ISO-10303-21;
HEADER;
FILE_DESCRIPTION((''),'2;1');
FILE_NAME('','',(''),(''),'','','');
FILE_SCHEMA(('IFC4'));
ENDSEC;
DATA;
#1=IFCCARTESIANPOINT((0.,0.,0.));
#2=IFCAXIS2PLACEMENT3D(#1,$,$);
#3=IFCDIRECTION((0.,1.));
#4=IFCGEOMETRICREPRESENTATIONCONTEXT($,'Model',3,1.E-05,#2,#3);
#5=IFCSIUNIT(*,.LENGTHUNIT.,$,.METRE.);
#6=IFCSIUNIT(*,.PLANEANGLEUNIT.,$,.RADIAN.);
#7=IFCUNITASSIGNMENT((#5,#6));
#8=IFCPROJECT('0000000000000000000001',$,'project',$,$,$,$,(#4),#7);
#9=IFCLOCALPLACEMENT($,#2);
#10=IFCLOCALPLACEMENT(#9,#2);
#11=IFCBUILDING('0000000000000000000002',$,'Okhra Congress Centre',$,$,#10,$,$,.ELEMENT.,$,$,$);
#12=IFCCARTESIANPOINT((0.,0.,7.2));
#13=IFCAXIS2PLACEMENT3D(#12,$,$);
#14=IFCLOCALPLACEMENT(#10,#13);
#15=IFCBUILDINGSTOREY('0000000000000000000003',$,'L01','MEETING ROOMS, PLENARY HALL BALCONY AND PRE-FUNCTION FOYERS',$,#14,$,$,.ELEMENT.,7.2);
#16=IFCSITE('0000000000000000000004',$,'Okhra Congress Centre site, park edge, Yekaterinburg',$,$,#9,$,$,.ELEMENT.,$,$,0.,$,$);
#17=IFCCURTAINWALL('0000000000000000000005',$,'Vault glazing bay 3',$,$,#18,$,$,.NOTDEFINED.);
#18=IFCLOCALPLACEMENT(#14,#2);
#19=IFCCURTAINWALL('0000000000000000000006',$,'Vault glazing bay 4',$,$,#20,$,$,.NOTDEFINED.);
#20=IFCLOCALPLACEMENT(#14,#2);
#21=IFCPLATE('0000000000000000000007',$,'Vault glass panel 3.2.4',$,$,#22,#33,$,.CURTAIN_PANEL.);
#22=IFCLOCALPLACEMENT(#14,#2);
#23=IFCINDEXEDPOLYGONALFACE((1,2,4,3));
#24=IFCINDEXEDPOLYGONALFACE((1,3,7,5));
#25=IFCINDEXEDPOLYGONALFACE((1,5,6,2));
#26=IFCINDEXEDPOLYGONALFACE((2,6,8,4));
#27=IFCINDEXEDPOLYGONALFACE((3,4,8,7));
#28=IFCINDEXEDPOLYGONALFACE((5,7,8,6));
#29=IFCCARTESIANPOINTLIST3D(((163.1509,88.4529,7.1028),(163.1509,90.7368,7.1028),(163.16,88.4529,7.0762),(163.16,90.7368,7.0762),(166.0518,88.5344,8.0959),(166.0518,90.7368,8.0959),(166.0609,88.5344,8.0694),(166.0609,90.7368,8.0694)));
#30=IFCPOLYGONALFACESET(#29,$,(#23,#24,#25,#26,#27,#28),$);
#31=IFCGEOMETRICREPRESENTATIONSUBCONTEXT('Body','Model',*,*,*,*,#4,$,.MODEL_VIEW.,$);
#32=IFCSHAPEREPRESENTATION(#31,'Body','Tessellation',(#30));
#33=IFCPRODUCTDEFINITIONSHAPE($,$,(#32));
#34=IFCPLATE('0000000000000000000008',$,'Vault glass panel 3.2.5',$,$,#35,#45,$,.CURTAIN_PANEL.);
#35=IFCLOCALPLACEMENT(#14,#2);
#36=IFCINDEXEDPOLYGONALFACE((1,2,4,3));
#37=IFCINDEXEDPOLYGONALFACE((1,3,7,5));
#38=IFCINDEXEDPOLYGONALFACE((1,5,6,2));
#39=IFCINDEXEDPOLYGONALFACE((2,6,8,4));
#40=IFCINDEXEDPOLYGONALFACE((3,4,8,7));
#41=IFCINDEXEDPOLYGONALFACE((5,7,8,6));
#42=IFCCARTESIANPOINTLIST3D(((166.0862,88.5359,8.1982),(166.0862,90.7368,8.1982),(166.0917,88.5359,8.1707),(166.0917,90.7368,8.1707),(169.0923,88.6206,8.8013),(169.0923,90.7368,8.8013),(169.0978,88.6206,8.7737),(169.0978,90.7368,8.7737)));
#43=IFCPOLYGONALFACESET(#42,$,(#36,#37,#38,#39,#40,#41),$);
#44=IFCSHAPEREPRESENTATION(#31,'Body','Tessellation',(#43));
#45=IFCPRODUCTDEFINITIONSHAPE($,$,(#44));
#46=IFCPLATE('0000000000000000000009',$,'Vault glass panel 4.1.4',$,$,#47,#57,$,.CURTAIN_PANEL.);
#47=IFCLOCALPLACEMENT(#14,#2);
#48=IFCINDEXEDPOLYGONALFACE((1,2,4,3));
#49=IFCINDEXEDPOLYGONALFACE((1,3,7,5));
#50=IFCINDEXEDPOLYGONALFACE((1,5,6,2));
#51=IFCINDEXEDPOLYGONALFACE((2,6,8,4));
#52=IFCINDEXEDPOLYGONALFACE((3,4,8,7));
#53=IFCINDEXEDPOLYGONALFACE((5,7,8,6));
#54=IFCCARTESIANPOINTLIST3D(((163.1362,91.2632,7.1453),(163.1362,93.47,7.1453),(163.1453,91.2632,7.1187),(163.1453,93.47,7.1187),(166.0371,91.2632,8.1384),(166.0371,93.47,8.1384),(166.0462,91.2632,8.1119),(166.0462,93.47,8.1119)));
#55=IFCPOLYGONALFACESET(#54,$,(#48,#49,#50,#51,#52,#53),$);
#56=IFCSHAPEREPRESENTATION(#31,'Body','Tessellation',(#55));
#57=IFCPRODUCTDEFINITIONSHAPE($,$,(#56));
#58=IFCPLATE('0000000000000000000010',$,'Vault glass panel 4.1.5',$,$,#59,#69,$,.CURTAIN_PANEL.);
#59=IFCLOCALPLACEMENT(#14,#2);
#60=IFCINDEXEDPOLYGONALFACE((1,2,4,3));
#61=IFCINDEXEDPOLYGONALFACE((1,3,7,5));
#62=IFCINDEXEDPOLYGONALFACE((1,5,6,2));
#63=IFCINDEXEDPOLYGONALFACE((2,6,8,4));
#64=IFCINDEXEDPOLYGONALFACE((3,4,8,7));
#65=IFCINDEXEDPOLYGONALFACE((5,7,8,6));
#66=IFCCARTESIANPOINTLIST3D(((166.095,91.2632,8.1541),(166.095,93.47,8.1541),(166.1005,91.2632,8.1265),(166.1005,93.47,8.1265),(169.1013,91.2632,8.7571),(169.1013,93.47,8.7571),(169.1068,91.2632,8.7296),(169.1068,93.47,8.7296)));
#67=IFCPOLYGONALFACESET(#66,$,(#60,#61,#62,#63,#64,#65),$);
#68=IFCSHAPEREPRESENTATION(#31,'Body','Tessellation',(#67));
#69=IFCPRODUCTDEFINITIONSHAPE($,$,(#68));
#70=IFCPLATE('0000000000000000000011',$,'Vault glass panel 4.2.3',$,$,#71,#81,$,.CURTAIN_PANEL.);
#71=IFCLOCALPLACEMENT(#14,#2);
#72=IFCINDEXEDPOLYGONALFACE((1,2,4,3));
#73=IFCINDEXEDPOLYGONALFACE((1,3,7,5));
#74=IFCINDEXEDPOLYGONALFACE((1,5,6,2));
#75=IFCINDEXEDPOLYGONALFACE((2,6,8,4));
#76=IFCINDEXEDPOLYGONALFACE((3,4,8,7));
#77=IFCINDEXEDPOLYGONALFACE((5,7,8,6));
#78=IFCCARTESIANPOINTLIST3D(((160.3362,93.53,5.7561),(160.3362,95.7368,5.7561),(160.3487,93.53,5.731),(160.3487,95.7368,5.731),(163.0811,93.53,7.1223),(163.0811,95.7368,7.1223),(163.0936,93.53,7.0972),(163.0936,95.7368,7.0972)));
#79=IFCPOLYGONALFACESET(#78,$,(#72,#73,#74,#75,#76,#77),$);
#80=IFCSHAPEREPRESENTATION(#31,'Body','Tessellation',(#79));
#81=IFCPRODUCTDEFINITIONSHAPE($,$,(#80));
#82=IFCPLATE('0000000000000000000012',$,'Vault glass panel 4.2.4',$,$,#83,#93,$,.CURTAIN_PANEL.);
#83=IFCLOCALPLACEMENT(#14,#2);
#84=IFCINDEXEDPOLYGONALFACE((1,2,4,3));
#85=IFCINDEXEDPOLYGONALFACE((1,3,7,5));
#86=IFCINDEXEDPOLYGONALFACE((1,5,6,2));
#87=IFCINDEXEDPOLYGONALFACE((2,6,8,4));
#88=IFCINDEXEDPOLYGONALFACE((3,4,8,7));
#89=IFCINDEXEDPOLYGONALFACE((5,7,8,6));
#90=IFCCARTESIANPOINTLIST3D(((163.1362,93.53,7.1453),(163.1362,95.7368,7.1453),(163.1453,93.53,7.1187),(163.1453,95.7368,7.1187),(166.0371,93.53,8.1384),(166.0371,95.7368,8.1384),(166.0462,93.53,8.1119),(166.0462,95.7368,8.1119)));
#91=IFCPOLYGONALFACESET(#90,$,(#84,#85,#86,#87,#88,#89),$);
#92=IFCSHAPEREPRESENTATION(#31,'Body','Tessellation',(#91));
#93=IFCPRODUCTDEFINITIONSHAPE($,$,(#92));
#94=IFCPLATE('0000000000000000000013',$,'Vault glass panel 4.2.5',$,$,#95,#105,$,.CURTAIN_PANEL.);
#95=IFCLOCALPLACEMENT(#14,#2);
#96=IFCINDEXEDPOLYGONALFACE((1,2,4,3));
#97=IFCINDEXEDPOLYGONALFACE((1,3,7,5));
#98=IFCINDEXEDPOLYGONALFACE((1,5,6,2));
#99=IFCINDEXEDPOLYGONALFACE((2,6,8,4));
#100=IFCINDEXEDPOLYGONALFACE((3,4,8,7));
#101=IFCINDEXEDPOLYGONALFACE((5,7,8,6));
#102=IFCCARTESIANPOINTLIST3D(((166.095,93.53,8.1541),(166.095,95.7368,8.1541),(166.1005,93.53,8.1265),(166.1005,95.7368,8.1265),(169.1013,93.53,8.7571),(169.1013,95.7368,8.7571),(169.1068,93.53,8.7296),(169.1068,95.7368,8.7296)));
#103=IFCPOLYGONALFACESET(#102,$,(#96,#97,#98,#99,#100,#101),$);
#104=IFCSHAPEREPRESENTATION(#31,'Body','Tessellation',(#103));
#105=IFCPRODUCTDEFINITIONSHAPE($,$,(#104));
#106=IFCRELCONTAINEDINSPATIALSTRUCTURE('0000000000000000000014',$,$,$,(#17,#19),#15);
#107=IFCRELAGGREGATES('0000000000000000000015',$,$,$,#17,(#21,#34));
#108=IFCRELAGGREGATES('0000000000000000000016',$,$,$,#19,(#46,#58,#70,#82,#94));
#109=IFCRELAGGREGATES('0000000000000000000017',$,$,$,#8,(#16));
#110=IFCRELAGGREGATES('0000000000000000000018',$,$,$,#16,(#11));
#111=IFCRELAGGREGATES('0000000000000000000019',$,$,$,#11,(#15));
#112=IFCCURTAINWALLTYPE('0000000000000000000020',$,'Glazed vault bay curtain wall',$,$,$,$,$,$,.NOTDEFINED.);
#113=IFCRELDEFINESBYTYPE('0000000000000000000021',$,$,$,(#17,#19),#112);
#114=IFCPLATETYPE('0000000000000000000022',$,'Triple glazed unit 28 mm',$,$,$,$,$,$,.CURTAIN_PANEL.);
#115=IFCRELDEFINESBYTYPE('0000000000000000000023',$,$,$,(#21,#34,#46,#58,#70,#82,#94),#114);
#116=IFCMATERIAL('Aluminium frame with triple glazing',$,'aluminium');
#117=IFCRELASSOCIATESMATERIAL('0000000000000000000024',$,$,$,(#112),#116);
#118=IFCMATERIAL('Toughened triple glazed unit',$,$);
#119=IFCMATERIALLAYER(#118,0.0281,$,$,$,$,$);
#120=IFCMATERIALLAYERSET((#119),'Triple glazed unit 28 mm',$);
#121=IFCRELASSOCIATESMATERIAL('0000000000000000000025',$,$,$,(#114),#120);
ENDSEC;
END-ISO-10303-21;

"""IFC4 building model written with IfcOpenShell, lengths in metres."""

from ifc_helpers import new_model, si_unit, direction, frame, origin, place, context, subcontext, project, spatial, polyline, outline, extrude, material, layer, layer_set, type_object, element, aggregate, save


model = new_model("IFC4")

# Units and contexts
model_context = context("Model", 3, precision=1e-05, world=origin(), true_north=direction((0.0, 1.0)))
body_context = subcontext(model_context, "Body", "Model", "MODEL_VIEW")
ifc_project = project(units=[si_unit("LENGTHUNIT", "METRE"), si_unit("PLANEANGLEUNIT", "RADIAN")], contexts=[model_context])

# Site, building, storey
site_placement = place(None, origin())
site = spatial("IfcSite", under=ifc_project, at=site_placement, Name="Okhra Congress Centre site, park edge, Yekaterinburg", CompositionType="ELEMENT", RefElevation=0.0)
building_placement = place(site_placement, origin())
building = spatial("IfcBuilding", under=site, at=building_placement, Name="Okhra Congress Centre", CompositionType="ELEMENT")
storey_placement = place(building_placement, frame((0.0, 0.0, 7.2)))
storey = spatial("IfcBuildingStorey", under=building, at=storey_placement, Name="L01", Description="MEETING ROOMS, PLENARY HALL BALCONY AND PRE-FUNCTION FOYERS", CompositionType="ELEMENT", Elevation=7.2)

# Curtain walls
ifc_material_1 = material(Name="Aluminium frame with triple glazing", Category="aluminium")
curtain_wall_type = type_object("IfcCurtainWallType", Name="Glazed vault bay curtain wall", PredefinedType="NOTDEFINED", material=ifc_material_1)
curtain_wall_1_placement = place(storey_placement, origin())
curtain_wall_1 = element("IfcCurtainWall", 1, at=curtain_wall_1_placement, inside=storey, type_object=curtain_wall_type, Name="Vault glazing bay 3", PredefinedType="NOTDEFINED")
curtain_wall_2_placement = place(storey_placement, origin())
curtain_wall_2 = element("IfcCurtainWall", 2, at=curtain_wall_2_placement, inside=storey, type_object=curtain_wall_type, Name="Vault glazing bay 4", PredefinedType="NOTDEFINED")

# Plates
ifc_material_2 = material(Name="Toughened triple glazed unit")
ifc_layer = layer(ifc_material_2, 0.0281)
ifc_layer_set = layer_set([ifc_layer], Name="Triple glazed unit 28 mm")
plate_type = type_object("IfcPlateType", Name="Triple glazed unit 28 mm", PredefinedType="CURTAIN_PANEL", material=ifc_layer_set)
plate_1_placement = place(storey_placement, frame((163.1509, 88.4529, 7.1028), z_axis=(-0.323909, 0.0, 0.946088), x_axis=(0.945754, 0.026585, 0.323795)))
plate_1 = element("IfcPlate", 3, at=plate_1_placement, type_object=plate_type, Name="Vault glass panel 3.2.4", PredefinedType="CURTAIN_PANEL", context=body_context, shape_type="SweptSolid", body=[
    extrude(outline(polyline([(0.0, 0.0), (3.0673, 0.0), (3.1258, 2.2016), (0.0607, 2.2831), (0.0, 0.0)])), origin(), (0.0, 0.0, -1.0), 0.0281),
])
plate_2_placement = place(storey_placement, frame((166.0862, 88.5359, 8.1982), z_axis=(-0.196683, 0.0, 0.980467), x_axis=(0.980093, 0.027621, 0.196608)))
plate_2 = element("IfcPlate", 4, at=plate_2_placement, type_object=plate_type, Name="Vault glass panel 3.2.5", PredefinedType="CURTAIN_PANEL", context=body_context, shape_type="SweptSolid", body=[
    extrude(outline(polyline([(0.0, 0.0), (3.0672, 0.0), (3.1256, 2.1154), (0.0608, 2.2001), (0.0, 0.0)])), origin(), (0.0, 0.0, -1.0), 0.0281),
])
aggregate(curtain_wall_1, [plate_1, plate_2])
plate_3_placement = place(storey_placement, frame((163.1362, 91.2632, 7.1453), z_axis=(-0.323909, 0.0, 0.946088), x_axis=(0.946088, 0.0, 0.323909)))
plate_3 = element("IfcPlate", 5, at=plate_3_placement, type_object=plate_type, Name="Vault glass panel 4.1.4", PredefinedType="CURTAIN_PANEL", context=body_context, shape_type="SweptSolid", body=[
    extrude(outline(polyline([(0.0, 0.0), (3.0662, 0.0), (3.0662, 2.2068), (0.0, 2.2068), (0.0, 0.0)])), origin(), (0.0, 0.0, -1.0), 0.0281),
])
plate_4_placement = place(storey_placement, frame((166.095, 91.2632, 8.1541), z_axis=(-0.196667, 0.0, 0.98047), x_axis=(0.98047, 0.0, 0.196667)))
plate_4 = element("IfcPlate", 6, at=plate_4_placement, type_object=plate_type, Name="Vault glass panel 4.1.5", PredefinedType="CURTAIN_PANEL", context=body_context, shape_type="SweptSolid", body=[
    extrude(outline(polyline([(0.0, 0.0), (3.0662, 0.0), (3.0662, 2.2068), (0.0, 2.2068), (0.0, 0.0)])), origin(), (0.0, 0.0, -1.0), 0.0281),
])
plate_5_placement = place(storey_placement, frame((160.3362, 93.53, 5.7561), z_axis=(-0.445588, 0.0, 0.895238), x_axis=(0.895238, 0.0, 0.445588)))
plate_5 = element("IfcPlate", 7, at=plate_5_placement, type_object=plate_type, Name="Vault glass panel 4.2.3", PredefinedType="CURTAIN_PANEL", context=body_context, shape_type="SweptSolid", body=[
    extrude(outline(polyline([(0.0, 0.0), (3.0661, 0.0), (3.0661, 2.2068), (0.0, 2.2068), (0.0, 0.0)])), origin(), (0.0, 0.0, -1.0), 0.0281),
])
plate_6_placement = place(storey_placement, frame((163.1362, 93.53, 7.1453), z_axis=(-0.323909, 0.0, 0.946088), x_axis=(0.946088, 0.0, 0.323909)))
plate_6 = element("IfcPlate", 8, at=plate_6_placement, type_object=plate_type, Name="Vault glass panel 4.2.4", PredefinedType="CURTAIN_PANEL", context=body_context, shape_type="SweptSolid", body=[
    extrude(outline(polyline([(0.0, 0.0), (3.0662, 0.0), (3.0662, 2.2068), (0.0, 2.2068), (0.0, 0.0)])), origin(), (0.0, 0.0, -1.0), 0.0281),
])
plate_7_placement = place(storey_placement, frame((166.095, 93.53, 8.1541), z_axis=(-0.196667, 0.0, 0.98047), x_axis=(0.98047, 0.0, 0.196667)))
plate_7 = element("IfcPlate", 9, at=plate_7_placement, type_object=plate_type, Name="Vault glass panel 4.2.5", PredefinedType="CURTAIN_PANEL", context=body_context, shape_type="SweptSolid", body=[
    extrude(outline(polyline([(0.0, 0.0), (3.0662, 0.0), (3.0662, 2.2068), (0.0, 2.2068), (0.0, 0.0)])), origin(), (0.0, 0.0, -1.0), 0.0281),
])
aggregate(curtain_wall_2, [plate_3, plate_4, plate_5, plate_6, plate_7])

save(model, "model.ifc")
